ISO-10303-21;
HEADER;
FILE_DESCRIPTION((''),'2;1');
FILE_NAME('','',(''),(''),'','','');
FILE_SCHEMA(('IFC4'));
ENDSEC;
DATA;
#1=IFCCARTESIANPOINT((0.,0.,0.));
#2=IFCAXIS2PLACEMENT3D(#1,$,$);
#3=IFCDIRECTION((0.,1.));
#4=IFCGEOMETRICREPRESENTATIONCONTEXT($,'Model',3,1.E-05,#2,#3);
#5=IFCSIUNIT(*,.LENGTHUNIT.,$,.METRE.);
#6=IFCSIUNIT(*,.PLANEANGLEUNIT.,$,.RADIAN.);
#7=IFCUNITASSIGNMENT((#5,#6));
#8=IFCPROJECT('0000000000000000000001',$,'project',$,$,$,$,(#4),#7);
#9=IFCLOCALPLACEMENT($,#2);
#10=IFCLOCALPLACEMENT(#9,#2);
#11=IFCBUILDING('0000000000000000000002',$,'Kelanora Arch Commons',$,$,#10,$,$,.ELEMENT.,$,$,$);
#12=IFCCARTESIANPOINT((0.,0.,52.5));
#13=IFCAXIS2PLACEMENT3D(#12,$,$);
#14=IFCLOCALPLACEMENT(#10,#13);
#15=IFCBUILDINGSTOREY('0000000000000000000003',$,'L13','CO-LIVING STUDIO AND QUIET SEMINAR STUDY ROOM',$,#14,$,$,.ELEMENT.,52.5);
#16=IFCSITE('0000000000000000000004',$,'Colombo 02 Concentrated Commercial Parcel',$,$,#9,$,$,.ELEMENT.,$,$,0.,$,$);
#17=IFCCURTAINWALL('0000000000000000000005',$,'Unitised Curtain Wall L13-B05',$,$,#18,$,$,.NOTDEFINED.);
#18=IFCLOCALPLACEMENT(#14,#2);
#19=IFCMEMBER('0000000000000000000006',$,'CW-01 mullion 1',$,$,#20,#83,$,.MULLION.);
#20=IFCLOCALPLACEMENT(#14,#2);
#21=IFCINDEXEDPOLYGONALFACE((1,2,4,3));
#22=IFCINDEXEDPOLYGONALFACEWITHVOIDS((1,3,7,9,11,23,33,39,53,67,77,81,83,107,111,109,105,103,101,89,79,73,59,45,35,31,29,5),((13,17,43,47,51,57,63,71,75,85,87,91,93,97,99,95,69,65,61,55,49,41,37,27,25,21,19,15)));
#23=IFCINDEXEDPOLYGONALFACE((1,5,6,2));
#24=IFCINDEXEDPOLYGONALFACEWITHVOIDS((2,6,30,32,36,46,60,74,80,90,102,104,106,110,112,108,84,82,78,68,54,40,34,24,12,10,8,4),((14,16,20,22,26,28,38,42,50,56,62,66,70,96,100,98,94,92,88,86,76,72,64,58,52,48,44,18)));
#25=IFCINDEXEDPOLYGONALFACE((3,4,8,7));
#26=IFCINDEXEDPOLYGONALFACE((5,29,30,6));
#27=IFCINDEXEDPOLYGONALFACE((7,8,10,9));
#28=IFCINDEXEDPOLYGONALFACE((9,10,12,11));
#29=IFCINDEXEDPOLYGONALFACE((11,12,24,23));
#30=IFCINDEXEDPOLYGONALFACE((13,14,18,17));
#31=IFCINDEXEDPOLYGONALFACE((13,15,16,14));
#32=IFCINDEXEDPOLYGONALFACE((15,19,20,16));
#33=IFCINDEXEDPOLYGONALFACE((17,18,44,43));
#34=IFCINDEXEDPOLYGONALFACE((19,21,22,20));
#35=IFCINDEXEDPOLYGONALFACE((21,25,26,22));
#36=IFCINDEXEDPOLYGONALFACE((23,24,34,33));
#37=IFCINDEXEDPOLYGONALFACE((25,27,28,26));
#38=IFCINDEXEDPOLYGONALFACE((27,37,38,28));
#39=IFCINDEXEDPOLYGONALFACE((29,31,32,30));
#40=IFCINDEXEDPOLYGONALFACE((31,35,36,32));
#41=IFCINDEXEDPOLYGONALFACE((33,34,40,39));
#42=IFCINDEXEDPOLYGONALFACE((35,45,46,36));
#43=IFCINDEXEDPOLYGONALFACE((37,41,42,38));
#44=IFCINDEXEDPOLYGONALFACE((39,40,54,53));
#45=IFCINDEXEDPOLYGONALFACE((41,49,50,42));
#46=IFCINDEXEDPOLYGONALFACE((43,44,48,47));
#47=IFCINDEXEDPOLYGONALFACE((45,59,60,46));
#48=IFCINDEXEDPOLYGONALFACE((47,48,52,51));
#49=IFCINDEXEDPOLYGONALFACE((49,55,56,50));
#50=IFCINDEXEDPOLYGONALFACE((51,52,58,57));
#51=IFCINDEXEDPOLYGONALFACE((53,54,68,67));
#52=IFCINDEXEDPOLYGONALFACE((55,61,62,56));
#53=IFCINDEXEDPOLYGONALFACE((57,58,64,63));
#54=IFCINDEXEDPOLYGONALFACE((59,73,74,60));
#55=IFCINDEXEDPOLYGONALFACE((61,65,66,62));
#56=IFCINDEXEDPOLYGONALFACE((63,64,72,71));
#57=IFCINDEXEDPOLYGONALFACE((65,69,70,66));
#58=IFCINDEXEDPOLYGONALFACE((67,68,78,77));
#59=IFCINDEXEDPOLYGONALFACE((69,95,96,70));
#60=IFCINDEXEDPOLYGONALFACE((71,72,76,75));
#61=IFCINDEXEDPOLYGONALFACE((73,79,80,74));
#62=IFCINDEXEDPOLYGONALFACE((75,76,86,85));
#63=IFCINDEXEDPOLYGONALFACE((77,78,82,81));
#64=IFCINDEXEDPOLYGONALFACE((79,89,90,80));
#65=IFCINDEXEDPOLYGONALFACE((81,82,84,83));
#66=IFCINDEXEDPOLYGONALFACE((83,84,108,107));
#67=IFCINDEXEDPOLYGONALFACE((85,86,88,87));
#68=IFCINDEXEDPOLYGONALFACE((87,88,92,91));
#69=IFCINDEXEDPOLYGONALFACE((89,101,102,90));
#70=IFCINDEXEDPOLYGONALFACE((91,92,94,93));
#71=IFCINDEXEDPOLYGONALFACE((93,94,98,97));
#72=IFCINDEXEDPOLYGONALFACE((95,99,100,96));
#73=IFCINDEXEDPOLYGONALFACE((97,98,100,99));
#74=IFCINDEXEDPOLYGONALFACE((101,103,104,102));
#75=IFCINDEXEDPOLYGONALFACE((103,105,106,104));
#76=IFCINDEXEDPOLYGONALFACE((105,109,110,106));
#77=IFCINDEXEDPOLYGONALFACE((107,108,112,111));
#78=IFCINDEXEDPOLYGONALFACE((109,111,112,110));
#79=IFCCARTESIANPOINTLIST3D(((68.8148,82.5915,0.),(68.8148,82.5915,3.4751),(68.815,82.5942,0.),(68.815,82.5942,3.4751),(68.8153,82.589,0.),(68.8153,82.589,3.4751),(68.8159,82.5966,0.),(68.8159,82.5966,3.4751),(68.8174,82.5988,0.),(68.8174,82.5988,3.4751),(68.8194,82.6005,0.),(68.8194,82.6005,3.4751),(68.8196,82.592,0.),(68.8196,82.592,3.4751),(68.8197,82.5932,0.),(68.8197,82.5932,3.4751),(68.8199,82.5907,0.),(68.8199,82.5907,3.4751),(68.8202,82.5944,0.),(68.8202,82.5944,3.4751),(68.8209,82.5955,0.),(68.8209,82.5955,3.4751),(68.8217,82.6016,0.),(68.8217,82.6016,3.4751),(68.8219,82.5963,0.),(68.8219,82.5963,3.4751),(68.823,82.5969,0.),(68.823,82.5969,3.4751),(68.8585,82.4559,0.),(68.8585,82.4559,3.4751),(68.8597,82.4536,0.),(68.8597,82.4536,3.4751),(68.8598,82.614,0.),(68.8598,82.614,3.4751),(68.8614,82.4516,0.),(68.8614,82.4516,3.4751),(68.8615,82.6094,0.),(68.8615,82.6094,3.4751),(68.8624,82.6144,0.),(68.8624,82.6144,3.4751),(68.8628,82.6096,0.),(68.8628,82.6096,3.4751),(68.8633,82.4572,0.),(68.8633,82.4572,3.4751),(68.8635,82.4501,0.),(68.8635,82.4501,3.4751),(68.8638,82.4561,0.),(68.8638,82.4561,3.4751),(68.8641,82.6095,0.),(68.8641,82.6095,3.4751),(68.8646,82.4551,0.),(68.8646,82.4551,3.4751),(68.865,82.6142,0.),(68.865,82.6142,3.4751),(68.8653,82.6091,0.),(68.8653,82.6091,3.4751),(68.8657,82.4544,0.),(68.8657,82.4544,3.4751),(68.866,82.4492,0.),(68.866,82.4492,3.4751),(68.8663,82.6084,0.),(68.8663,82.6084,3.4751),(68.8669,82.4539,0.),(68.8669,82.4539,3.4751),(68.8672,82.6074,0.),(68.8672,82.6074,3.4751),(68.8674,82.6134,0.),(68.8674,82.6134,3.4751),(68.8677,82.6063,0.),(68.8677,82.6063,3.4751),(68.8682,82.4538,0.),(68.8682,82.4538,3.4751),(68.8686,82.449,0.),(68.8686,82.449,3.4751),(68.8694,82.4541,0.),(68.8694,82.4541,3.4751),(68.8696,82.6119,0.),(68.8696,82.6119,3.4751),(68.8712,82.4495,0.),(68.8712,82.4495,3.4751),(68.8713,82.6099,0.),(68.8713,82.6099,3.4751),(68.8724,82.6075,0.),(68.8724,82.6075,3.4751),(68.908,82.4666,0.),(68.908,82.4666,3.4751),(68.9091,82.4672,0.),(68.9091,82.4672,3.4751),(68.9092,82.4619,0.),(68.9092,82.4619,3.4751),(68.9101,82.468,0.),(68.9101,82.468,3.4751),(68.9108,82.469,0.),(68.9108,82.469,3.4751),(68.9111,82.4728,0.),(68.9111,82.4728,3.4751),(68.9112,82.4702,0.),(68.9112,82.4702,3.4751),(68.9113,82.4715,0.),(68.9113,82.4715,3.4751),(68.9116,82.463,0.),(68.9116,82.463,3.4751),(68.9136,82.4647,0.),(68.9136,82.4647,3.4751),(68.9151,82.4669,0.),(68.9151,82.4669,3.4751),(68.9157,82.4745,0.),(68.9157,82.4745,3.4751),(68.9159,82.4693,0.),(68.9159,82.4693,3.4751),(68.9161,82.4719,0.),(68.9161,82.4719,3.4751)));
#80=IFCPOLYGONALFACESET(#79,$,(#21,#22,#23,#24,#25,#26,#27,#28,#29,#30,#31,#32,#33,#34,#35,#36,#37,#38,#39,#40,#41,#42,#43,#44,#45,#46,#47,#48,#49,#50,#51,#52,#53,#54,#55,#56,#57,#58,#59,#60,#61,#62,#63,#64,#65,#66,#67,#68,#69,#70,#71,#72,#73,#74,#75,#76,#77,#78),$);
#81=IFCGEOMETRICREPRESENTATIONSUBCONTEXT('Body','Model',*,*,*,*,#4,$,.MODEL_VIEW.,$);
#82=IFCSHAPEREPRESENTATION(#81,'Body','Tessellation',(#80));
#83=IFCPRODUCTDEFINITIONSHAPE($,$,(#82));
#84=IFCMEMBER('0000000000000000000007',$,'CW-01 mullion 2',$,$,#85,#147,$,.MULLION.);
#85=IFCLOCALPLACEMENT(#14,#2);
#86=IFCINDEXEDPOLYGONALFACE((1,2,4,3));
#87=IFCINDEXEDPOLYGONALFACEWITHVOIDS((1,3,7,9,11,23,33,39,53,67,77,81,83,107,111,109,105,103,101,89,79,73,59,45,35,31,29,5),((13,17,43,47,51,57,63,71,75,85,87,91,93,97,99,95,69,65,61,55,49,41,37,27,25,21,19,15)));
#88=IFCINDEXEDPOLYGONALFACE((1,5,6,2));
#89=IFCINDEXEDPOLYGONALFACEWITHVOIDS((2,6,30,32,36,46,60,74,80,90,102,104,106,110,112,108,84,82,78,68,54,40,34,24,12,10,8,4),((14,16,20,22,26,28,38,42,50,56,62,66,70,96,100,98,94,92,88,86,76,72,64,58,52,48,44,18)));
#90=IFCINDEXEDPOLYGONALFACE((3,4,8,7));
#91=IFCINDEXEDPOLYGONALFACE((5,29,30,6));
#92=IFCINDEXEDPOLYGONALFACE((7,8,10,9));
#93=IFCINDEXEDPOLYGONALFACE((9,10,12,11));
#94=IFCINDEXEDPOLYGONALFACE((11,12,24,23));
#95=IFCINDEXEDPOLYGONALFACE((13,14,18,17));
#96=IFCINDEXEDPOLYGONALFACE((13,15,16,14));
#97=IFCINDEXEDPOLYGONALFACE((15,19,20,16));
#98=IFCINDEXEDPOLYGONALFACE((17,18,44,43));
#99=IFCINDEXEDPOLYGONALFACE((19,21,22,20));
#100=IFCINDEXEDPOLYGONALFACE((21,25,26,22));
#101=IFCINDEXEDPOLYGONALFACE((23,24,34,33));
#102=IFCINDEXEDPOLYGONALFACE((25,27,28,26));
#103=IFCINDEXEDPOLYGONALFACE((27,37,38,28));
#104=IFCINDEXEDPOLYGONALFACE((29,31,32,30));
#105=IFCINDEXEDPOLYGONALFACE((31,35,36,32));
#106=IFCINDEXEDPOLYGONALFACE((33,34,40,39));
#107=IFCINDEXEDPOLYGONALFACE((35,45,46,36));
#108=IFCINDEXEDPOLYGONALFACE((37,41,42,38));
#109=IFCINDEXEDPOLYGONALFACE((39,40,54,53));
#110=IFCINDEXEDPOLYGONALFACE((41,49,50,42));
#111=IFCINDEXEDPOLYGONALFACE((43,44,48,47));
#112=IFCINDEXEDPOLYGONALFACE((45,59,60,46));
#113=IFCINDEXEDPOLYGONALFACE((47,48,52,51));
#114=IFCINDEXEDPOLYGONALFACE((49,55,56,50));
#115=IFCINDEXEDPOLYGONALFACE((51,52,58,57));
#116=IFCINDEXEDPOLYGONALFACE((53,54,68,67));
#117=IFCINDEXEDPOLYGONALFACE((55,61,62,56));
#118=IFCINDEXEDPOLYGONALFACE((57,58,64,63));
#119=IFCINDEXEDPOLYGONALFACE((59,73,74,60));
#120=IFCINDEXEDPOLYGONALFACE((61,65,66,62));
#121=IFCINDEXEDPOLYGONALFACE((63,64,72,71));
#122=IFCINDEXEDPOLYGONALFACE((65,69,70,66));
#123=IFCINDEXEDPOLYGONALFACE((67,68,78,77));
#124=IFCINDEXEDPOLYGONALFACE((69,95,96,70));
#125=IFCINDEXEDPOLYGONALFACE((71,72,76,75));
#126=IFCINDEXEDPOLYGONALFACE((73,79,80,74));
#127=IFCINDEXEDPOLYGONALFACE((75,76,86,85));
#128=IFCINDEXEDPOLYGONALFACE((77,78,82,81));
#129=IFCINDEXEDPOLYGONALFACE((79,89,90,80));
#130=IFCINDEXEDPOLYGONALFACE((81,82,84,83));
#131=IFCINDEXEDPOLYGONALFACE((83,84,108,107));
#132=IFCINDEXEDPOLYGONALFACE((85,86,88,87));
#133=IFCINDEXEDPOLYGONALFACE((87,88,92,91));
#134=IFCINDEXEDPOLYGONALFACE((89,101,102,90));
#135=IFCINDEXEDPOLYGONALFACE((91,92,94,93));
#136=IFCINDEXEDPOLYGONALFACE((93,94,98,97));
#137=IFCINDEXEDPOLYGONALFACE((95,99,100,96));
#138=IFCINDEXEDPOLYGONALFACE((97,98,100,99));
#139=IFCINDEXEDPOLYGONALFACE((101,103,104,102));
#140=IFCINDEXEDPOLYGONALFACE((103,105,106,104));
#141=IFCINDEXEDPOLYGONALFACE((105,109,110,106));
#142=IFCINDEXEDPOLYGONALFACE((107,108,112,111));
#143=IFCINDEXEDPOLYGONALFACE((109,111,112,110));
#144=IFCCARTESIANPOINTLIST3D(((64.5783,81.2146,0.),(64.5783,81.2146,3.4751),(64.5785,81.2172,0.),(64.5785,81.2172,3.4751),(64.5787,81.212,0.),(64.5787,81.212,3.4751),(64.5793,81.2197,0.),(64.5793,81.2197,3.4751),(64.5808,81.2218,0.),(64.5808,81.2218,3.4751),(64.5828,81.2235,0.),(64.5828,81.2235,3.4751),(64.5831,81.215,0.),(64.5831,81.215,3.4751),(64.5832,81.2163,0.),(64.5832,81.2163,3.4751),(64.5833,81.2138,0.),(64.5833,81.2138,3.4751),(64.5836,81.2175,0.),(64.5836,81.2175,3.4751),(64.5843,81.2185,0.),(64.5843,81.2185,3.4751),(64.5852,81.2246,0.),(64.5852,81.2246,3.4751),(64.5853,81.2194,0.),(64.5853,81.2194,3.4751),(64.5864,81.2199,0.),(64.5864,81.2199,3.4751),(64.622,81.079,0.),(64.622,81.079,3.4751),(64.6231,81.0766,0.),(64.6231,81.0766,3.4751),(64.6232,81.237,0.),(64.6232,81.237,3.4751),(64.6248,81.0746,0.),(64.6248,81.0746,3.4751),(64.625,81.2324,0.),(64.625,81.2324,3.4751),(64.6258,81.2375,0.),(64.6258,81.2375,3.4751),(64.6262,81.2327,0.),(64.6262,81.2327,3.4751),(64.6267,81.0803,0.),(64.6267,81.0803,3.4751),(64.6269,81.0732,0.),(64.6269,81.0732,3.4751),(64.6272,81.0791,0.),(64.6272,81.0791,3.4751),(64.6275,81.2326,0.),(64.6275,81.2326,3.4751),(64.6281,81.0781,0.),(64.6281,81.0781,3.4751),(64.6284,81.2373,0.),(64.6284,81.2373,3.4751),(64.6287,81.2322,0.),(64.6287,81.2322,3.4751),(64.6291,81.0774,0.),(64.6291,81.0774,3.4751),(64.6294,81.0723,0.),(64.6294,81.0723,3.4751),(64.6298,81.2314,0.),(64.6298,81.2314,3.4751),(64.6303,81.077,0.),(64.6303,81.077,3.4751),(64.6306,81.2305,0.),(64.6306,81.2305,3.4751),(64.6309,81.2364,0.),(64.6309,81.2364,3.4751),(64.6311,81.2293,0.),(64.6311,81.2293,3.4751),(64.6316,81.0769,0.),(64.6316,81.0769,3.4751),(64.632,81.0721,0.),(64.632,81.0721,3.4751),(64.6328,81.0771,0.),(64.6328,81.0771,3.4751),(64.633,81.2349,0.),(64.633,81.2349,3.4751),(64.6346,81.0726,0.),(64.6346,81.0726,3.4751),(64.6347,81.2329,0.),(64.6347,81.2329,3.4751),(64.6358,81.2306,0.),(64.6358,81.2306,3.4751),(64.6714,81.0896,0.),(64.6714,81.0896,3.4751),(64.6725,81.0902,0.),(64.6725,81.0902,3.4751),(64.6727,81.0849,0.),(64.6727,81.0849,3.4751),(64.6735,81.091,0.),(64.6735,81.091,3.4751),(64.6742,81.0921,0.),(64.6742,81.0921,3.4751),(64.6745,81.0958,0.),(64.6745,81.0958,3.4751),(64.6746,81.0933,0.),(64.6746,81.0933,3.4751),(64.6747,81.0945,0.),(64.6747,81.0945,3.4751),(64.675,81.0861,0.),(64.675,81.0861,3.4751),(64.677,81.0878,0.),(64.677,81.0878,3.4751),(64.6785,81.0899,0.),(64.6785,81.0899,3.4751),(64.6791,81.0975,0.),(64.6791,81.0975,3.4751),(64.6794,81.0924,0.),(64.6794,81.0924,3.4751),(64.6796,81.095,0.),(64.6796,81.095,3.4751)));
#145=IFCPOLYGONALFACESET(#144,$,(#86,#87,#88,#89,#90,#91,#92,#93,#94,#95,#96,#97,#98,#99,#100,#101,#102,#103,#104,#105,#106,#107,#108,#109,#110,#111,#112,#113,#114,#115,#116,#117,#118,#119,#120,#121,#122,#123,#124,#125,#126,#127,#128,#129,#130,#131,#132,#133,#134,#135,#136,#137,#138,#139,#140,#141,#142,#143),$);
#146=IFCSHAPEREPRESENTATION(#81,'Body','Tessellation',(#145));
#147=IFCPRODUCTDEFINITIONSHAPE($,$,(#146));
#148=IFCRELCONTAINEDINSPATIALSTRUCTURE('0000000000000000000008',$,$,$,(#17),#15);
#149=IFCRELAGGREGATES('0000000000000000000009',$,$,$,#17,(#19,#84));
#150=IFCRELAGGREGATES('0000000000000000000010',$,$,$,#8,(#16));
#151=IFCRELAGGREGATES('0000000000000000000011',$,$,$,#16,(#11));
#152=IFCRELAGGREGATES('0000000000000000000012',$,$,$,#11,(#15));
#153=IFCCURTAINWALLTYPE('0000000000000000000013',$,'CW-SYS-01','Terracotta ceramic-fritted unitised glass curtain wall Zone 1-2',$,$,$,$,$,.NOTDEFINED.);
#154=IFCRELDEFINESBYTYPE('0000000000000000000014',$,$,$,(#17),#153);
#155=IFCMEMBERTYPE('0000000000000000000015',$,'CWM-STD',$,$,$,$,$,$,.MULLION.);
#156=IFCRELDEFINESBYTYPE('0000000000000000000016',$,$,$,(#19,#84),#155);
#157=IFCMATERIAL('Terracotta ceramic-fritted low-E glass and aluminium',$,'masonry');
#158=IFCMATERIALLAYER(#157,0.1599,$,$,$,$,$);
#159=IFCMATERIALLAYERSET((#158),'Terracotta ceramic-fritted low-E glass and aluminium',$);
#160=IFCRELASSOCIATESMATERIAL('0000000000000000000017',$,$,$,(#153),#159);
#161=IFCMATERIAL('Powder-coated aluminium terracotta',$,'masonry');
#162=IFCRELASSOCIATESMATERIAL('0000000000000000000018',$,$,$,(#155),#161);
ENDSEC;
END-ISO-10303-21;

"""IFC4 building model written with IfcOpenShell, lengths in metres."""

from ifc_helpers import new_model, si_unit, direction, frame, origin, origin_2d, place, context, subcontext, project, spatial, hollow_rectangle, extrude, material, layer, layer_set, material_profile, profile_set, type_object, element, aggregate, save


model = new_model("IFC4")

# Units and contexts
model_context = context("Model", 3, precision=1e-05, world=origin(), true_north=direction((0.0, 1.0)))
body_context = subcontext(model_context, "Body", "Model", "MODEL_VIEW")
ifc_project = project(units=[si_unit("LENGTHUNIT", "METRE"), si_unit("PLANEANGLEUNIT", "RADIAN")], contexts=[model_context])

# Site, building, storey
site_placement = place(None, origin())
site = spatial("IfcSite", under=ifc_project, at=site_placement, Name="Colombo 02 Concentrated Commercial Parcel", CompositionType="ELEMENT", RefElevation=0.0)
building_placement = place(site_placement, origin())
building = spatial("IfcBuilding", under=site, at=building_placement, Name="Kelanora Arch Commons", CompositionType="ELEMENT")
storey_placement = place(building_placement, frame((0.0, 0.0, 52.5)))
storey = spatial("IfcBuildingStorey", under=building, at=storey_placement, Name="L13", Description="CO-LIVING STUDIO AND QUIET SEMINAR STUDY ROOM", CompositionType="ELEMENT", Elevation=52.5)

# Curtain wall, members
ifc_material_1 = material(Name="Terracotta ceramic-fritted low-E glass and aluminium", Category="masonry")
ifc_layer_1 = layer(ifc_material_1, 0.1599)
ifc_layer_set_1 = layer_set([ifc_layer_1], Name="Terracotta ceramic-fritted low-E glass and aluminium")
curtain_wall_type = type_object("IfcCurtainWallType", Name="CW-SYS-01", Description="Terracotta ceramic-fritted unitised glass curtain wall Zone 1-2", PredefinedType="NOTDEFINED", material=ifc_layer_set_1)
curtain_wall_placement = place(storey_placement, origin())
curtain_wall = element("IfcCurtainWall", 1, at=curtain_wall_placement, inside=storey, type_object=curtain_wall_type, Name="Unitised Curtain Wall L13-B05", PredefinedType="NOTDEFINED")
ifc_material_2 = material(Name="Powder-coated aluminium terracotta", Category="masonry")
ifc_material_profile_1 = material_profile(ifc_material_2, hollow_rectangle(XDim=0.1599, YDim=0.0601, WallThickness=0.0049, InnerFilletRadius=0.0049, OuterFilletRadius=0.01, at=origin_2d()), Name="CWM160x60")
ifc_profile_set_1 = profile_set([ifc_material_profile_1], Name="Powder-coated aluminium terracotta")
member_type_1 = type_object("IfcMemberType", Name="CWM-STD", PredefinedType="MULLION", material=ifc_profile_set_1)
member_1_placement = place(storey_placement, frame((68.8655, 82.5317, 0.0), z_axis=(0.0, 0.0, 1.0), x_axis=(0.309058, -0.951043, 0.0)))
member_1 = element("IfcMember", 2, at=member_1_placement, type_object=member_type_1, Name="CW-01 mullion 1", PredefinedType="MULLION", context=body_context, shape_type="SweptSolid", body=[
    extrude(hollow_rectangle(XDim=0.1599, YDim=0.0601, WallThickness=0.0049, InnerFilletRadius=0.0049, OuterFilletRadius=0.01, at=origin_2d()), origin(), (0.0, 0.0, 1.0), 3.4751),
])
member_2_placement = place(storey_placement, frame((64.6289, 81.1548, 0.0), z_axis=(0.0, 0.0, 1.0), x_axis=(0.309058, -0.951043, 0.0)))
member_2 = element("IfcMember", 3, at=member_2_placement, type_object=member_type_1, Name="CW-01 mullion 2", PredefinedType="MULLION", context=body_context, shape_type="SweptSolid", body=[
    extrude(hollow_rectangle(XDim=0.1599, YDim=0.0601, WallThickness=0.0049, InnerFilletRadius=0.0049, OuterFilletRadius=0.01, at=origin_2d()), origin(), (0.0, 0.0, 1.0), 3.4751),
])
aggregate(curtain_wall, [member_1, member_2])

save(model, "model.ifc")
